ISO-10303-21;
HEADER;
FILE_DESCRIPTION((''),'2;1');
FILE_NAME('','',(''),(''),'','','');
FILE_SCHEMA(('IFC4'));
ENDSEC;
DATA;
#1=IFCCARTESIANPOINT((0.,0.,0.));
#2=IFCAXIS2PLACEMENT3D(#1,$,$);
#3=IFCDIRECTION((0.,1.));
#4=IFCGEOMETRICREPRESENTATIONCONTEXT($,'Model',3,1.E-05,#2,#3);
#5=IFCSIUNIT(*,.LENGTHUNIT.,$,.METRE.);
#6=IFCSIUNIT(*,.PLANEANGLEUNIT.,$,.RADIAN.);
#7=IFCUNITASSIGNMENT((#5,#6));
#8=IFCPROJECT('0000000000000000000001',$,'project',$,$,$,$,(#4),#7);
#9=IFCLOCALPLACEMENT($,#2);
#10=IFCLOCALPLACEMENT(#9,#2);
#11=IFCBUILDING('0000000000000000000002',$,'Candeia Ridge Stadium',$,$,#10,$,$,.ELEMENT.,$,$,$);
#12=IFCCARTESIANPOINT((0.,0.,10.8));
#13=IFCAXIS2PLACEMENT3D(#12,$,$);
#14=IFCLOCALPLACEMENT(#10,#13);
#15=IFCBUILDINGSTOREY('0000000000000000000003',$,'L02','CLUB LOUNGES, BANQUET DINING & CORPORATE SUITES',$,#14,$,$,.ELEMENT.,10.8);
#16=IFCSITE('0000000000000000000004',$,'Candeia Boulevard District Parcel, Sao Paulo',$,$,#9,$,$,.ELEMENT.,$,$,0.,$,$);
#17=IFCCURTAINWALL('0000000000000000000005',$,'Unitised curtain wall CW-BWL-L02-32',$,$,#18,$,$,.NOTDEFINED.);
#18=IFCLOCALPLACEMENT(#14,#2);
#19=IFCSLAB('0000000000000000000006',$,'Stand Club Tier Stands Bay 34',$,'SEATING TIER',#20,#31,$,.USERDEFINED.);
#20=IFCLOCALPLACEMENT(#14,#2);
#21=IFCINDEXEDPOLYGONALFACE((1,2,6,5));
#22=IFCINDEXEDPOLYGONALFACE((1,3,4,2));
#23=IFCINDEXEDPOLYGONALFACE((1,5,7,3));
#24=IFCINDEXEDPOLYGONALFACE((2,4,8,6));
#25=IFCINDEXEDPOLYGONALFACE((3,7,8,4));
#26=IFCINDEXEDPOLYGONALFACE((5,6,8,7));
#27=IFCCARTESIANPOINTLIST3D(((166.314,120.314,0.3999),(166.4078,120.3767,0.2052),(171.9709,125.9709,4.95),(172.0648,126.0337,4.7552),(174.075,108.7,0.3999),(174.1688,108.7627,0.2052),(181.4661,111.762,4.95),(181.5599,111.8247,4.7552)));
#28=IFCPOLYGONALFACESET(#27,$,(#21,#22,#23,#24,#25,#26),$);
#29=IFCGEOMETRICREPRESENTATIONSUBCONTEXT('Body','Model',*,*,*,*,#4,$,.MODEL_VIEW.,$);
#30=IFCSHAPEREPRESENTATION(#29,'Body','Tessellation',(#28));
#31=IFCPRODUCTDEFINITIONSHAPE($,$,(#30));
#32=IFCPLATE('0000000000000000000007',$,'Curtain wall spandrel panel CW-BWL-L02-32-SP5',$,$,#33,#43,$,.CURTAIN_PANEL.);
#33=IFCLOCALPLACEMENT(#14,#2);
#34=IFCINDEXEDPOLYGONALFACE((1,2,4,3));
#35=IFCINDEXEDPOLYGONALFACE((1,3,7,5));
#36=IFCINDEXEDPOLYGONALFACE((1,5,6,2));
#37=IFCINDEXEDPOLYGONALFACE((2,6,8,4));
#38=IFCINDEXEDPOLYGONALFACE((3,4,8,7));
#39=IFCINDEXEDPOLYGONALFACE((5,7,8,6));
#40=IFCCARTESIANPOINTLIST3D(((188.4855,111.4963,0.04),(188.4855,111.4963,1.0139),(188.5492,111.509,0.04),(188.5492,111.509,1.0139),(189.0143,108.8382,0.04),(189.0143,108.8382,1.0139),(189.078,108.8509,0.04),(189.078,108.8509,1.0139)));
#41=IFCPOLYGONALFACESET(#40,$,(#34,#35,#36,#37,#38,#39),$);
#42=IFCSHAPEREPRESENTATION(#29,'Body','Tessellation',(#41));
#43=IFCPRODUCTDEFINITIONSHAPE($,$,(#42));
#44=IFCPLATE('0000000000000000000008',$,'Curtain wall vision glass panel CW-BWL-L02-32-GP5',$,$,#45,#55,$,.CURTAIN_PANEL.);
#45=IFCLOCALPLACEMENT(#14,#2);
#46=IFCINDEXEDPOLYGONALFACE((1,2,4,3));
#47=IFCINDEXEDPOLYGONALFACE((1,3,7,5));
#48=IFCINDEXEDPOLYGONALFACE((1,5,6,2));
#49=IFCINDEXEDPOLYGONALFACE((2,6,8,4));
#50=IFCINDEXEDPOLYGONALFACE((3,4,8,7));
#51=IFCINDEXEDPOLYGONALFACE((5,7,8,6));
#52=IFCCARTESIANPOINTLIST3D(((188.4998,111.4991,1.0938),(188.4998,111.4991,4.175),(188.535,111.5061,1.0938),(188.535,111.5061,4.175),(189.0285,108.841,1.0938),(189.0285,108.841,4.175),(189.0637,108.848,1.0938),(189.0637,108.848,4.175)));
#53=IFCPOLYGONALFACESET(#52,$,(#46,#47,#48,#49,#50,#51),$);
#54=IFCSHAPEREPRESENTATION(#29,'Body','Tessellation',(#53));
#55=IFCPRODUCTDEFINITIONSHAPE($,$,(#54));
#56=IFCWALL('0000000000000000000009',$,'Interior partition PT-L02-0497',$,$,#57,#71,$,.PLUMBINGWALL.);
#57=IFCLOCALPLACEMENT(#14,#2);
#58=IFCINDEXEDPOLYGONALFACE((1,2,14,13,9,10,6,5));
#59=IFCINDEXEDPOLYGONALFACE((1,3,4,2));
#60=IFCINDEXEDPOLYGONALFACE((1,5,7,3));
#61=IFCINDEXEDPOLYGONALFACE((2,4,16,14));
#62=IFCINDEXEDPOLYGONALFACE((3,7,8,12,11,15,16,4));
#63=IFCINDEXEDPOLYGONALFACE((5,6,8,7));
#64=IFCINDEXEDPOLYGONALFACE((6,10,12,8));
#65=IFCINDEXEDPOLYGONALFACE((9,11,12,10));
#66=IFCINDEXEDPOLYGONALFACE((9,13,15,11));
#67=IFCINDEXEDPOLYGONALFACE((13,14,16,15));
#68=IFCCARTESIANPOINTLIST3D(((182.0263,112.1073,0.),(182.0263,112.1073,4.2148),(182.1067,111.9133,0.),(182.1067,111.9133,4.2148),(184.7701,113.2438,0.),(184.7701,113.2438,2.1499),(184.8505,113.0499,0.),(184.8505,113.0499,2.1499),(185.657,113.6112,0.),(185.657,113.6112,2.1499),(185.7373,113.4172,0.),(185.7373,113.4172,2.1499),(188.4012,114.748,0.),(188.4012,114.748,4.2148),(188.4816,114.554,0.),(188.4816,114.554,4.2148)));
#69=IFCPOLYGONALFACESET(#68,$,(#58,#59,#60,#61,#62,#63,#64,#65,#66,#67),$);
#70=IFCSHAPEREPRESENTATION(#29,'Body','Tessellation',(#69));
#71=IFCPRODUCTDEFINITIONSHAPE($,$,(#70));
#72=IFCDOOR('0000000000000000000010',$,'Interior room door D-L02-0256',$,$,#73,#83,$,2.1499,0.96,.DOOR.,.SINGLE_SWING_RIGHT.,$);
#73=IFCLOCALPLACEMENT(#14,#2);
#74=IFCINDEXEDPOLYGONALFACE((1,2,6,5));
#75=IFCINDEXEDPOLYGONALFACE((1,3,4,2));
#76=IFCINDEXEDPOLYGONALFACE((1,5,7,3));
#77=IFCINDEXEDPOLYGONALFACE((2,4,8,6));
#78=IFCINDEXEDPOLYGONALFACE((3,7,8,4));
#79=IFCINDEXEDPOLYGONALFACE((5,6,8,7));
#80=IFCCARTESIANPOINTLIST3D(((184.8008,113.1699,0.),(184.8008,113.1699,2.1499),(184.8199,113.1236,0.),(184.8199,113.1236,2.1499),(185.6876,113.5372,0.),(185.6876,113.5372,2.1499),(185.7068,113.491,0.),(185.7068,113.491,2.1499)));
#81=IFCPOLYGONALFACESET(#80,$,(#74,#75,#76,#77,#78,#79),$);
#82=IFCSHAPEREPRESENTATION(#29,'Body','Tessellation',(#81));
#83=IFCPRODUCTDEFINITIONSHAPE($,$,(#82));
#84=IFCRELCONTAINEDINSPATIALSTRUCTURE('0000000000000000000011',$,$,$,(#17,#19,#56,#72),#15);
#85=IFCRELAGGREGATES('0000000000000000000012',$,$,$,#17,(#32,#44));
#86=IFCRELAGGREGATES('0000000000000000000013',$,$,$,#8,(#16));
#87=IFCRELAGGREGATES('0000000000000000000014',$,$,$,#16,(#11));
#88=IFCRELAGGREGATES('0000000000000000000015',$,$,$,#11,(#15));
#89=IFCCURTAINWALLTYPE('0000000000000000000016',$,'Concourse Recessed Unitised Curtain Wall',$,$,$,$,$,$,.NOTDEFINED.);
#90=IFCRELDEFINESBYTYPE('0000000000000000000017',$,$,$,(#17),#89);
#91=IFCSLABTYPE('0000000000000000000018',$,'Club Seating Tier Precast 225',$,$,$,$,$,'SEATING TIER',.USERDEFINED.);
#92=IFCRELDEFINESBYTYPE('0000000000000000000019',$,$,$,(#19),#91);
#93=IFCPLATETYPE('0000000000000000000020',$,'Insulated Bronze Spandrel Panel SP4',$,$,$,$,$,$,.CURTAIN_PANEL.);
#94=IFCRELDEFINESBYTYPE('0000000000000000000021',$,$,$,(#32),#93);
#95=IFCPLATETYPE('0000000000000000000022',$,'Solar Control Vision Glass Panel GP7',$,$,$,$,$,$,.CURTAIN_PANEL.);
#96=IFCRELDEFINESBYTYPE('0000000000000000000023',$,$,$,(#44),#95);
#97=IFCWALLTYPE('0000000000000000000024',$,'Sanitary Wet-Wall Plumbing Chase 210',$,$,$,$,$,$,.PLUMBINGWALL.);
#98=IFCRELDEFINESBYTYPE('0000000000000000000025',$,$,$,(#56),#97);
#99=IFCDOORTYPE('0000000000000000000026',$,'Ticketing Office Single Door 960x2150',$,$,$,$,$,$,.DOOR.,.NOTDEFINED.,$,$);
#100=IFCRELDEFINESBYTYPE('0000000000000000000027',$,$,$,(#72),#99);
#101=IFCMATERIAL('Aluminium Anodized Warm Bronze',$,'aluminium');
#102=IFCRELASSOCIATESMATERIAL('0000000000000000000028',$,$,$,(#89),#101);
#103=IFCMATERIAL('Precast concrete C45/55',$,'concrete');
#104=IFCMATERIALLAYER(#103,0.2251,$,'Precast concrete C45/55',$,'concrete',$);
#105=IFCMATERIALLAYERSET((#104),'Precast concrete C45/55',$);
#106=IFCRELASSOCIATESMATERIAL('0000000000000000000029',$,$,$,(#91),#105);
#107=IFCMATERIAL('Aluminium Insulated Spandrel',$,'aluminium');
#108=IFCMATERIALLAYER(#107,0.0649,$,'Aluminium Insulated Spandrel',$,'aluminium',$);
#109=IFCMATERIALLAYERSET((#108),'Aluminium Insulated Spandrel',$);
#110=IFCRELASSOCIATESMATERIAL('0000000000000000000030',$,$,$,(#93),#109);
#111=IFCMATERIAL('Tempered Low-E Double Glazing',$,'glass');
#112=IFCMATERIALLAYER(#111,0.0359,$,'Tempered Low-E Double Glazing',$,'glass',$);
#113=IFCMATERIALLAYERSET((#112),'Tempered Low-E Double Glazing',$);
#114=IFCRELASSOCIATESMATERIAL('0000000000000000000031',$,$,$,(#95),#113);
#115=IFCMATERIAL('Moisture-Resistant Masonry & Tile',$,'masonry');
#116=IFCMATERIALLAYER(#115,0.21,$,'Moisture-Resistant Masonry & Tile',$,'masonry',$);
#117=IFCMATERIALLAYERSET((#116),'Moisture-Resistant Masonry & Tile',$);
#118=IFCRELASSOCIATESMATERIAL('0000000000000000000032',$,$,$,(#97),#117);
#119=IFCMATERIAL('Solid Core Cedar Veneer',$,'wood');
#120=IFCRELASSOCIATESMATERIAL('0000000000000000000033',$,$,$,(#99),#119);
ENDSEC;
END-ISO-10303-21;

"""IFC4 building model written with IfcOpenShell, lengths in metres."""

from ifc_helpers import new_model, si_unit, direction, frame, frame_2d, origin, origin_2d, place, context, subcontext, project, spatial, polyline, rectangle, outline, extrude, material, layer, layer_set, type_object, element, fill, aggregate, save


model = new_model("IFC4")

# Units and contexts
model_context = context("Model", 3, precision=1e-05, world=origin(), true_north=direction((0.0, 1.0)))
body_context = subcontext(model_context, "Body", "Model", "MODEL_VIEW")
ifc_project = project(units=[si_unit("LENGTHUNIT", "METRE"), si_unit("PLANEANGLEUNIT", "RADIAN")], contexts=[model_context])

# Site, building, storey
site_placement = place(None, origin())
site = spatial("IfcSite", under=ifc_project, at=site_placement, Name="Candeia Boulevard District Parcel, Sao Paulo", CompositionType="ELEMENT", RefElevation=0.0)
building_placement = place(site_placement, origin())
building = spatial("IfcBuilding", under=site, at=building_placement, Name="Candeia Ridge Stadium", CompositionType="ELEMENT")
storey_placement = place(building_placement, frame((0.0, 0.0, 10.8)))
storey = spatial("IfcBuildingStorey", under=building, at=storey_placement, Name="L02", Description="CLUB LOUNGES, BANQUET DINING & CORPORATE SUITES", CompositionType="ELEMENT", Elevation=10.8)

# Curtain wall
ifc_material_1 = material(Name="Aluminium Anodized Warm Bronze", Category="aluminium")
curtain_wall_type = type_object("IfcCurtainWallType", Name="Concourse Recessed Unitised Curtain Wall", PredefinedType="NOTDEFINED", material=ifc_material_1)
curtain_wall_placement = place(storey_placement, origin())
curtain_wall = element("IfcCurtainWall", 1, at=curtain_wall_placement, inside=storey, type_object=curtain_wall_type, Name="Unitised curtain wall CW-BWL-L02-32", PredefinedType="NOTDEFINED")

# Slab
ifc_material_2 = material(Name="Precast concrete C45/55", Category="concrete")
ifc_layer_1 = layer(ifc_material_2, 0.2251, Name="Precast concrete C45/55", Category="concrete")
ifc_layer_set_1 = layer_set([ifc_layer_1], Name="Precast concrete C45/55")
slab_type = type_object("IfcSlabType", Name="Club Seating Tier Precast 225", ElementType="SEATING TIER", PredefinedType="USERDEFINED", material=ifc_layer_set_1)
slab_placement = place(storey_placement, frame((174.075, 108.7, 0.3999), z_axis=(-0.417085, -0.278715, 0.865077), x_axis=(-0.555608, 0.831445, 0.000001)))
element("IfcSlab", 2, at=slab_placement, inside=storey, type_object=slab_type, Name="Stand Club Tier Stands Bay 34", ObjectType="SEATING TIER", PredefinedType="USERDEFINED", context=body_context, shape_type="SweptSolid", body=[
    extrude(outline(polyline([(0.0, 0.0), (13.9685, 0.0), (15.5289, -9.0703), (-1.5607, -9.0704), (0.0, 0.0)])), origin(), (0.0, 0.0, -1.0), 0.2251),
])

# Plates
ifc_material_3 = material(Name="Aluminium Insulated Spandrel", Category="aluminium")
ifc_layer_2 = layer(ifc_material_3, 0.0649, Name="Aluminium Insulated Spandrel", Category="aluminium")
ifc_layer_set_2 = layer_set([ifc_layer_2], Name="Aluminium Insulated Spandrel")
plate_type_1 = type_object("IfcPlateType", Name="Insulated Bronze Spandrel Panel SP4", PredefinedType="CURTAIN_PANEL", material=ifc_layer_set_2)
plate_1_placement = place(storey_placement, frame((188.7817, 110.1736, 0.04), z_axis=(0.0, 0.0, 1.0), x_axis=(-0.19509, 0.980785, 0.0)))
plate_1 = element("IfcPlate", 3, at=plate_1_placement, type_object=plate_type_1, Name="Curtain wall spandrel panel CW-BWL-L02-32-SP5", PredefinedType="CURTAIN_PANEL", context=body_context, shape_type="SweptSolid", body=[
    extrude(rectangle(XDim=2.7102, YDim=0.0649, at=origin_2d()), origin(), (0.0, 0.0, 1.0), 0.9739),
])
ifc_material_4 = material(Name="Tempered Low-E Double Glazing", Category="glass")
ifc_layer_3 = layer(ifc_material_4, 0.0359, Name="Tempered Low-E Double Glazing", Category="glass")
ifc_layer_set_3 = layer_set([ifc_layer_3], Name="Tempered Low-E Double Glazing")
plate_type_2 = type_object("IfcPlateType", Name="Solar Control Vision Glass Panel GP7", PredefinedType="CURTAIN_PANEL", material=ifc_layer_set_3)
plate_2_placement = place(storey_placement, frame((188.7817, 110.1736, 1.0938), z_axis=(0.0, 0.0, 1.0), x_axis=(-0.19509, 0.980785, 0.0)))
plate_2 = element("IfcPlate", 4, at=plate_2_placement, type_object=plate_type_2, Name="Curtain wall vision glass panel CW-BWL-L02-32-GP5", PredefinedType="CURTAIN_PANEL", context=body_context, shape_type="SweptSolid", body=[
    extrude(rectangle(XDim=2.7102, YDim=0.0359, at=origin_2d()), origin(), (0.0, 0.0, 1.0), 3.0813),
])
aggregate(curtain_wall, [plate_1, plate_2])

# Wall, opening, door
ifc_material_5 = material(Name="Moisture-Resistant Masonry & Tile", Category="masonry")
ifc_layer_4 = layer(ifc_material_5, 0.21, Name="Moisture-Resistant Masonry & Tile", Category="masonry")
ifc_layer_set_4 = layer_set([ifc_layer_4], Name="Moisture-Resistant Masonry & Tile")
wall_type = type_object("IfcWallType", Name="Sanitary Wet-Wall Plumbing Chase 210", PredefinedType="PLUMBINGWALL", material=ifc_layer_set_4)
wall_placement = place(storey_placement, frame((182.0664, 112.0103, 0.0), z_axis=(0.0, 0.0, 1.0), x_axis=(0.923874, 0.382698, 0.0)))
wall = element("IfcWall", 5, at=wall_placement, inside=storey, type_object=wall_type, Name="Interior partition PT-L02-0497", PredefinedType="PLUMBINGWALL", context=body_context, shape_type="SweptSolid", body=[
    extrude(rectangle(XDim=6.9001, YDim=0.21, at=frame_2d((3.4502, 0.0))), origin(), (0.0, 0.0, 1.0), 4.2148),
])
opening_placement = place(wall_placement, frame((2.97, 0.0, 0.0)))
opening = element("IfcOpeningElement", 6, at=opening_placement, cuts=wall, PredefinedType="OPENING", context=body_context, shape_type="SweptSolid", body=[
    extrude(rectangle(XDim=0.96, YDim=2.1499, at=frame_2d((0.48, 1.075))), frame((0.0, 0.115, 0.0), z_axis=(0.0, -1.0, 0.0), x_axis=(1.0, 0.0, 0.0)), (0.0, 0.0, 1.0), 0.23),
])
ifc_material_6 = material(Name="Solid Core Cedar Veneer", Category="wood")
door_type = type_object("IfcDoorType", Name="Ticketing Office Single Door 960x2150", OperationType="NOTDEFINED", PredefinedType="DOOR", material=ifc_material_6)
door_placement = place(opening_placement, origin())
door = element("IfcDoor", 7, at=door_placement, inside=storey, type_object=door_type, Name="Interior room door D-L02-0256", OperationType="SINGLE_SWING_RIGHT", OverallHeight=2.1499, OverallWidth=0.96, PredefinedType="DOOR", context=body_context, shape_type="SweptSolid", body=[
    extrude(rectangle(XDim=0.96, YDim=2.1499, at=frame_2d((0.48, 1.075))), frame((0.0, 0.0249, 0.0), z_axis=(0.0, -1.0, 0.0), x_axis=(1.0, 0.0, 0.0)), (0.0, 0.0, 1.0), 0.05),
])
fill(opening, door)

save(model, "model.ifc")
